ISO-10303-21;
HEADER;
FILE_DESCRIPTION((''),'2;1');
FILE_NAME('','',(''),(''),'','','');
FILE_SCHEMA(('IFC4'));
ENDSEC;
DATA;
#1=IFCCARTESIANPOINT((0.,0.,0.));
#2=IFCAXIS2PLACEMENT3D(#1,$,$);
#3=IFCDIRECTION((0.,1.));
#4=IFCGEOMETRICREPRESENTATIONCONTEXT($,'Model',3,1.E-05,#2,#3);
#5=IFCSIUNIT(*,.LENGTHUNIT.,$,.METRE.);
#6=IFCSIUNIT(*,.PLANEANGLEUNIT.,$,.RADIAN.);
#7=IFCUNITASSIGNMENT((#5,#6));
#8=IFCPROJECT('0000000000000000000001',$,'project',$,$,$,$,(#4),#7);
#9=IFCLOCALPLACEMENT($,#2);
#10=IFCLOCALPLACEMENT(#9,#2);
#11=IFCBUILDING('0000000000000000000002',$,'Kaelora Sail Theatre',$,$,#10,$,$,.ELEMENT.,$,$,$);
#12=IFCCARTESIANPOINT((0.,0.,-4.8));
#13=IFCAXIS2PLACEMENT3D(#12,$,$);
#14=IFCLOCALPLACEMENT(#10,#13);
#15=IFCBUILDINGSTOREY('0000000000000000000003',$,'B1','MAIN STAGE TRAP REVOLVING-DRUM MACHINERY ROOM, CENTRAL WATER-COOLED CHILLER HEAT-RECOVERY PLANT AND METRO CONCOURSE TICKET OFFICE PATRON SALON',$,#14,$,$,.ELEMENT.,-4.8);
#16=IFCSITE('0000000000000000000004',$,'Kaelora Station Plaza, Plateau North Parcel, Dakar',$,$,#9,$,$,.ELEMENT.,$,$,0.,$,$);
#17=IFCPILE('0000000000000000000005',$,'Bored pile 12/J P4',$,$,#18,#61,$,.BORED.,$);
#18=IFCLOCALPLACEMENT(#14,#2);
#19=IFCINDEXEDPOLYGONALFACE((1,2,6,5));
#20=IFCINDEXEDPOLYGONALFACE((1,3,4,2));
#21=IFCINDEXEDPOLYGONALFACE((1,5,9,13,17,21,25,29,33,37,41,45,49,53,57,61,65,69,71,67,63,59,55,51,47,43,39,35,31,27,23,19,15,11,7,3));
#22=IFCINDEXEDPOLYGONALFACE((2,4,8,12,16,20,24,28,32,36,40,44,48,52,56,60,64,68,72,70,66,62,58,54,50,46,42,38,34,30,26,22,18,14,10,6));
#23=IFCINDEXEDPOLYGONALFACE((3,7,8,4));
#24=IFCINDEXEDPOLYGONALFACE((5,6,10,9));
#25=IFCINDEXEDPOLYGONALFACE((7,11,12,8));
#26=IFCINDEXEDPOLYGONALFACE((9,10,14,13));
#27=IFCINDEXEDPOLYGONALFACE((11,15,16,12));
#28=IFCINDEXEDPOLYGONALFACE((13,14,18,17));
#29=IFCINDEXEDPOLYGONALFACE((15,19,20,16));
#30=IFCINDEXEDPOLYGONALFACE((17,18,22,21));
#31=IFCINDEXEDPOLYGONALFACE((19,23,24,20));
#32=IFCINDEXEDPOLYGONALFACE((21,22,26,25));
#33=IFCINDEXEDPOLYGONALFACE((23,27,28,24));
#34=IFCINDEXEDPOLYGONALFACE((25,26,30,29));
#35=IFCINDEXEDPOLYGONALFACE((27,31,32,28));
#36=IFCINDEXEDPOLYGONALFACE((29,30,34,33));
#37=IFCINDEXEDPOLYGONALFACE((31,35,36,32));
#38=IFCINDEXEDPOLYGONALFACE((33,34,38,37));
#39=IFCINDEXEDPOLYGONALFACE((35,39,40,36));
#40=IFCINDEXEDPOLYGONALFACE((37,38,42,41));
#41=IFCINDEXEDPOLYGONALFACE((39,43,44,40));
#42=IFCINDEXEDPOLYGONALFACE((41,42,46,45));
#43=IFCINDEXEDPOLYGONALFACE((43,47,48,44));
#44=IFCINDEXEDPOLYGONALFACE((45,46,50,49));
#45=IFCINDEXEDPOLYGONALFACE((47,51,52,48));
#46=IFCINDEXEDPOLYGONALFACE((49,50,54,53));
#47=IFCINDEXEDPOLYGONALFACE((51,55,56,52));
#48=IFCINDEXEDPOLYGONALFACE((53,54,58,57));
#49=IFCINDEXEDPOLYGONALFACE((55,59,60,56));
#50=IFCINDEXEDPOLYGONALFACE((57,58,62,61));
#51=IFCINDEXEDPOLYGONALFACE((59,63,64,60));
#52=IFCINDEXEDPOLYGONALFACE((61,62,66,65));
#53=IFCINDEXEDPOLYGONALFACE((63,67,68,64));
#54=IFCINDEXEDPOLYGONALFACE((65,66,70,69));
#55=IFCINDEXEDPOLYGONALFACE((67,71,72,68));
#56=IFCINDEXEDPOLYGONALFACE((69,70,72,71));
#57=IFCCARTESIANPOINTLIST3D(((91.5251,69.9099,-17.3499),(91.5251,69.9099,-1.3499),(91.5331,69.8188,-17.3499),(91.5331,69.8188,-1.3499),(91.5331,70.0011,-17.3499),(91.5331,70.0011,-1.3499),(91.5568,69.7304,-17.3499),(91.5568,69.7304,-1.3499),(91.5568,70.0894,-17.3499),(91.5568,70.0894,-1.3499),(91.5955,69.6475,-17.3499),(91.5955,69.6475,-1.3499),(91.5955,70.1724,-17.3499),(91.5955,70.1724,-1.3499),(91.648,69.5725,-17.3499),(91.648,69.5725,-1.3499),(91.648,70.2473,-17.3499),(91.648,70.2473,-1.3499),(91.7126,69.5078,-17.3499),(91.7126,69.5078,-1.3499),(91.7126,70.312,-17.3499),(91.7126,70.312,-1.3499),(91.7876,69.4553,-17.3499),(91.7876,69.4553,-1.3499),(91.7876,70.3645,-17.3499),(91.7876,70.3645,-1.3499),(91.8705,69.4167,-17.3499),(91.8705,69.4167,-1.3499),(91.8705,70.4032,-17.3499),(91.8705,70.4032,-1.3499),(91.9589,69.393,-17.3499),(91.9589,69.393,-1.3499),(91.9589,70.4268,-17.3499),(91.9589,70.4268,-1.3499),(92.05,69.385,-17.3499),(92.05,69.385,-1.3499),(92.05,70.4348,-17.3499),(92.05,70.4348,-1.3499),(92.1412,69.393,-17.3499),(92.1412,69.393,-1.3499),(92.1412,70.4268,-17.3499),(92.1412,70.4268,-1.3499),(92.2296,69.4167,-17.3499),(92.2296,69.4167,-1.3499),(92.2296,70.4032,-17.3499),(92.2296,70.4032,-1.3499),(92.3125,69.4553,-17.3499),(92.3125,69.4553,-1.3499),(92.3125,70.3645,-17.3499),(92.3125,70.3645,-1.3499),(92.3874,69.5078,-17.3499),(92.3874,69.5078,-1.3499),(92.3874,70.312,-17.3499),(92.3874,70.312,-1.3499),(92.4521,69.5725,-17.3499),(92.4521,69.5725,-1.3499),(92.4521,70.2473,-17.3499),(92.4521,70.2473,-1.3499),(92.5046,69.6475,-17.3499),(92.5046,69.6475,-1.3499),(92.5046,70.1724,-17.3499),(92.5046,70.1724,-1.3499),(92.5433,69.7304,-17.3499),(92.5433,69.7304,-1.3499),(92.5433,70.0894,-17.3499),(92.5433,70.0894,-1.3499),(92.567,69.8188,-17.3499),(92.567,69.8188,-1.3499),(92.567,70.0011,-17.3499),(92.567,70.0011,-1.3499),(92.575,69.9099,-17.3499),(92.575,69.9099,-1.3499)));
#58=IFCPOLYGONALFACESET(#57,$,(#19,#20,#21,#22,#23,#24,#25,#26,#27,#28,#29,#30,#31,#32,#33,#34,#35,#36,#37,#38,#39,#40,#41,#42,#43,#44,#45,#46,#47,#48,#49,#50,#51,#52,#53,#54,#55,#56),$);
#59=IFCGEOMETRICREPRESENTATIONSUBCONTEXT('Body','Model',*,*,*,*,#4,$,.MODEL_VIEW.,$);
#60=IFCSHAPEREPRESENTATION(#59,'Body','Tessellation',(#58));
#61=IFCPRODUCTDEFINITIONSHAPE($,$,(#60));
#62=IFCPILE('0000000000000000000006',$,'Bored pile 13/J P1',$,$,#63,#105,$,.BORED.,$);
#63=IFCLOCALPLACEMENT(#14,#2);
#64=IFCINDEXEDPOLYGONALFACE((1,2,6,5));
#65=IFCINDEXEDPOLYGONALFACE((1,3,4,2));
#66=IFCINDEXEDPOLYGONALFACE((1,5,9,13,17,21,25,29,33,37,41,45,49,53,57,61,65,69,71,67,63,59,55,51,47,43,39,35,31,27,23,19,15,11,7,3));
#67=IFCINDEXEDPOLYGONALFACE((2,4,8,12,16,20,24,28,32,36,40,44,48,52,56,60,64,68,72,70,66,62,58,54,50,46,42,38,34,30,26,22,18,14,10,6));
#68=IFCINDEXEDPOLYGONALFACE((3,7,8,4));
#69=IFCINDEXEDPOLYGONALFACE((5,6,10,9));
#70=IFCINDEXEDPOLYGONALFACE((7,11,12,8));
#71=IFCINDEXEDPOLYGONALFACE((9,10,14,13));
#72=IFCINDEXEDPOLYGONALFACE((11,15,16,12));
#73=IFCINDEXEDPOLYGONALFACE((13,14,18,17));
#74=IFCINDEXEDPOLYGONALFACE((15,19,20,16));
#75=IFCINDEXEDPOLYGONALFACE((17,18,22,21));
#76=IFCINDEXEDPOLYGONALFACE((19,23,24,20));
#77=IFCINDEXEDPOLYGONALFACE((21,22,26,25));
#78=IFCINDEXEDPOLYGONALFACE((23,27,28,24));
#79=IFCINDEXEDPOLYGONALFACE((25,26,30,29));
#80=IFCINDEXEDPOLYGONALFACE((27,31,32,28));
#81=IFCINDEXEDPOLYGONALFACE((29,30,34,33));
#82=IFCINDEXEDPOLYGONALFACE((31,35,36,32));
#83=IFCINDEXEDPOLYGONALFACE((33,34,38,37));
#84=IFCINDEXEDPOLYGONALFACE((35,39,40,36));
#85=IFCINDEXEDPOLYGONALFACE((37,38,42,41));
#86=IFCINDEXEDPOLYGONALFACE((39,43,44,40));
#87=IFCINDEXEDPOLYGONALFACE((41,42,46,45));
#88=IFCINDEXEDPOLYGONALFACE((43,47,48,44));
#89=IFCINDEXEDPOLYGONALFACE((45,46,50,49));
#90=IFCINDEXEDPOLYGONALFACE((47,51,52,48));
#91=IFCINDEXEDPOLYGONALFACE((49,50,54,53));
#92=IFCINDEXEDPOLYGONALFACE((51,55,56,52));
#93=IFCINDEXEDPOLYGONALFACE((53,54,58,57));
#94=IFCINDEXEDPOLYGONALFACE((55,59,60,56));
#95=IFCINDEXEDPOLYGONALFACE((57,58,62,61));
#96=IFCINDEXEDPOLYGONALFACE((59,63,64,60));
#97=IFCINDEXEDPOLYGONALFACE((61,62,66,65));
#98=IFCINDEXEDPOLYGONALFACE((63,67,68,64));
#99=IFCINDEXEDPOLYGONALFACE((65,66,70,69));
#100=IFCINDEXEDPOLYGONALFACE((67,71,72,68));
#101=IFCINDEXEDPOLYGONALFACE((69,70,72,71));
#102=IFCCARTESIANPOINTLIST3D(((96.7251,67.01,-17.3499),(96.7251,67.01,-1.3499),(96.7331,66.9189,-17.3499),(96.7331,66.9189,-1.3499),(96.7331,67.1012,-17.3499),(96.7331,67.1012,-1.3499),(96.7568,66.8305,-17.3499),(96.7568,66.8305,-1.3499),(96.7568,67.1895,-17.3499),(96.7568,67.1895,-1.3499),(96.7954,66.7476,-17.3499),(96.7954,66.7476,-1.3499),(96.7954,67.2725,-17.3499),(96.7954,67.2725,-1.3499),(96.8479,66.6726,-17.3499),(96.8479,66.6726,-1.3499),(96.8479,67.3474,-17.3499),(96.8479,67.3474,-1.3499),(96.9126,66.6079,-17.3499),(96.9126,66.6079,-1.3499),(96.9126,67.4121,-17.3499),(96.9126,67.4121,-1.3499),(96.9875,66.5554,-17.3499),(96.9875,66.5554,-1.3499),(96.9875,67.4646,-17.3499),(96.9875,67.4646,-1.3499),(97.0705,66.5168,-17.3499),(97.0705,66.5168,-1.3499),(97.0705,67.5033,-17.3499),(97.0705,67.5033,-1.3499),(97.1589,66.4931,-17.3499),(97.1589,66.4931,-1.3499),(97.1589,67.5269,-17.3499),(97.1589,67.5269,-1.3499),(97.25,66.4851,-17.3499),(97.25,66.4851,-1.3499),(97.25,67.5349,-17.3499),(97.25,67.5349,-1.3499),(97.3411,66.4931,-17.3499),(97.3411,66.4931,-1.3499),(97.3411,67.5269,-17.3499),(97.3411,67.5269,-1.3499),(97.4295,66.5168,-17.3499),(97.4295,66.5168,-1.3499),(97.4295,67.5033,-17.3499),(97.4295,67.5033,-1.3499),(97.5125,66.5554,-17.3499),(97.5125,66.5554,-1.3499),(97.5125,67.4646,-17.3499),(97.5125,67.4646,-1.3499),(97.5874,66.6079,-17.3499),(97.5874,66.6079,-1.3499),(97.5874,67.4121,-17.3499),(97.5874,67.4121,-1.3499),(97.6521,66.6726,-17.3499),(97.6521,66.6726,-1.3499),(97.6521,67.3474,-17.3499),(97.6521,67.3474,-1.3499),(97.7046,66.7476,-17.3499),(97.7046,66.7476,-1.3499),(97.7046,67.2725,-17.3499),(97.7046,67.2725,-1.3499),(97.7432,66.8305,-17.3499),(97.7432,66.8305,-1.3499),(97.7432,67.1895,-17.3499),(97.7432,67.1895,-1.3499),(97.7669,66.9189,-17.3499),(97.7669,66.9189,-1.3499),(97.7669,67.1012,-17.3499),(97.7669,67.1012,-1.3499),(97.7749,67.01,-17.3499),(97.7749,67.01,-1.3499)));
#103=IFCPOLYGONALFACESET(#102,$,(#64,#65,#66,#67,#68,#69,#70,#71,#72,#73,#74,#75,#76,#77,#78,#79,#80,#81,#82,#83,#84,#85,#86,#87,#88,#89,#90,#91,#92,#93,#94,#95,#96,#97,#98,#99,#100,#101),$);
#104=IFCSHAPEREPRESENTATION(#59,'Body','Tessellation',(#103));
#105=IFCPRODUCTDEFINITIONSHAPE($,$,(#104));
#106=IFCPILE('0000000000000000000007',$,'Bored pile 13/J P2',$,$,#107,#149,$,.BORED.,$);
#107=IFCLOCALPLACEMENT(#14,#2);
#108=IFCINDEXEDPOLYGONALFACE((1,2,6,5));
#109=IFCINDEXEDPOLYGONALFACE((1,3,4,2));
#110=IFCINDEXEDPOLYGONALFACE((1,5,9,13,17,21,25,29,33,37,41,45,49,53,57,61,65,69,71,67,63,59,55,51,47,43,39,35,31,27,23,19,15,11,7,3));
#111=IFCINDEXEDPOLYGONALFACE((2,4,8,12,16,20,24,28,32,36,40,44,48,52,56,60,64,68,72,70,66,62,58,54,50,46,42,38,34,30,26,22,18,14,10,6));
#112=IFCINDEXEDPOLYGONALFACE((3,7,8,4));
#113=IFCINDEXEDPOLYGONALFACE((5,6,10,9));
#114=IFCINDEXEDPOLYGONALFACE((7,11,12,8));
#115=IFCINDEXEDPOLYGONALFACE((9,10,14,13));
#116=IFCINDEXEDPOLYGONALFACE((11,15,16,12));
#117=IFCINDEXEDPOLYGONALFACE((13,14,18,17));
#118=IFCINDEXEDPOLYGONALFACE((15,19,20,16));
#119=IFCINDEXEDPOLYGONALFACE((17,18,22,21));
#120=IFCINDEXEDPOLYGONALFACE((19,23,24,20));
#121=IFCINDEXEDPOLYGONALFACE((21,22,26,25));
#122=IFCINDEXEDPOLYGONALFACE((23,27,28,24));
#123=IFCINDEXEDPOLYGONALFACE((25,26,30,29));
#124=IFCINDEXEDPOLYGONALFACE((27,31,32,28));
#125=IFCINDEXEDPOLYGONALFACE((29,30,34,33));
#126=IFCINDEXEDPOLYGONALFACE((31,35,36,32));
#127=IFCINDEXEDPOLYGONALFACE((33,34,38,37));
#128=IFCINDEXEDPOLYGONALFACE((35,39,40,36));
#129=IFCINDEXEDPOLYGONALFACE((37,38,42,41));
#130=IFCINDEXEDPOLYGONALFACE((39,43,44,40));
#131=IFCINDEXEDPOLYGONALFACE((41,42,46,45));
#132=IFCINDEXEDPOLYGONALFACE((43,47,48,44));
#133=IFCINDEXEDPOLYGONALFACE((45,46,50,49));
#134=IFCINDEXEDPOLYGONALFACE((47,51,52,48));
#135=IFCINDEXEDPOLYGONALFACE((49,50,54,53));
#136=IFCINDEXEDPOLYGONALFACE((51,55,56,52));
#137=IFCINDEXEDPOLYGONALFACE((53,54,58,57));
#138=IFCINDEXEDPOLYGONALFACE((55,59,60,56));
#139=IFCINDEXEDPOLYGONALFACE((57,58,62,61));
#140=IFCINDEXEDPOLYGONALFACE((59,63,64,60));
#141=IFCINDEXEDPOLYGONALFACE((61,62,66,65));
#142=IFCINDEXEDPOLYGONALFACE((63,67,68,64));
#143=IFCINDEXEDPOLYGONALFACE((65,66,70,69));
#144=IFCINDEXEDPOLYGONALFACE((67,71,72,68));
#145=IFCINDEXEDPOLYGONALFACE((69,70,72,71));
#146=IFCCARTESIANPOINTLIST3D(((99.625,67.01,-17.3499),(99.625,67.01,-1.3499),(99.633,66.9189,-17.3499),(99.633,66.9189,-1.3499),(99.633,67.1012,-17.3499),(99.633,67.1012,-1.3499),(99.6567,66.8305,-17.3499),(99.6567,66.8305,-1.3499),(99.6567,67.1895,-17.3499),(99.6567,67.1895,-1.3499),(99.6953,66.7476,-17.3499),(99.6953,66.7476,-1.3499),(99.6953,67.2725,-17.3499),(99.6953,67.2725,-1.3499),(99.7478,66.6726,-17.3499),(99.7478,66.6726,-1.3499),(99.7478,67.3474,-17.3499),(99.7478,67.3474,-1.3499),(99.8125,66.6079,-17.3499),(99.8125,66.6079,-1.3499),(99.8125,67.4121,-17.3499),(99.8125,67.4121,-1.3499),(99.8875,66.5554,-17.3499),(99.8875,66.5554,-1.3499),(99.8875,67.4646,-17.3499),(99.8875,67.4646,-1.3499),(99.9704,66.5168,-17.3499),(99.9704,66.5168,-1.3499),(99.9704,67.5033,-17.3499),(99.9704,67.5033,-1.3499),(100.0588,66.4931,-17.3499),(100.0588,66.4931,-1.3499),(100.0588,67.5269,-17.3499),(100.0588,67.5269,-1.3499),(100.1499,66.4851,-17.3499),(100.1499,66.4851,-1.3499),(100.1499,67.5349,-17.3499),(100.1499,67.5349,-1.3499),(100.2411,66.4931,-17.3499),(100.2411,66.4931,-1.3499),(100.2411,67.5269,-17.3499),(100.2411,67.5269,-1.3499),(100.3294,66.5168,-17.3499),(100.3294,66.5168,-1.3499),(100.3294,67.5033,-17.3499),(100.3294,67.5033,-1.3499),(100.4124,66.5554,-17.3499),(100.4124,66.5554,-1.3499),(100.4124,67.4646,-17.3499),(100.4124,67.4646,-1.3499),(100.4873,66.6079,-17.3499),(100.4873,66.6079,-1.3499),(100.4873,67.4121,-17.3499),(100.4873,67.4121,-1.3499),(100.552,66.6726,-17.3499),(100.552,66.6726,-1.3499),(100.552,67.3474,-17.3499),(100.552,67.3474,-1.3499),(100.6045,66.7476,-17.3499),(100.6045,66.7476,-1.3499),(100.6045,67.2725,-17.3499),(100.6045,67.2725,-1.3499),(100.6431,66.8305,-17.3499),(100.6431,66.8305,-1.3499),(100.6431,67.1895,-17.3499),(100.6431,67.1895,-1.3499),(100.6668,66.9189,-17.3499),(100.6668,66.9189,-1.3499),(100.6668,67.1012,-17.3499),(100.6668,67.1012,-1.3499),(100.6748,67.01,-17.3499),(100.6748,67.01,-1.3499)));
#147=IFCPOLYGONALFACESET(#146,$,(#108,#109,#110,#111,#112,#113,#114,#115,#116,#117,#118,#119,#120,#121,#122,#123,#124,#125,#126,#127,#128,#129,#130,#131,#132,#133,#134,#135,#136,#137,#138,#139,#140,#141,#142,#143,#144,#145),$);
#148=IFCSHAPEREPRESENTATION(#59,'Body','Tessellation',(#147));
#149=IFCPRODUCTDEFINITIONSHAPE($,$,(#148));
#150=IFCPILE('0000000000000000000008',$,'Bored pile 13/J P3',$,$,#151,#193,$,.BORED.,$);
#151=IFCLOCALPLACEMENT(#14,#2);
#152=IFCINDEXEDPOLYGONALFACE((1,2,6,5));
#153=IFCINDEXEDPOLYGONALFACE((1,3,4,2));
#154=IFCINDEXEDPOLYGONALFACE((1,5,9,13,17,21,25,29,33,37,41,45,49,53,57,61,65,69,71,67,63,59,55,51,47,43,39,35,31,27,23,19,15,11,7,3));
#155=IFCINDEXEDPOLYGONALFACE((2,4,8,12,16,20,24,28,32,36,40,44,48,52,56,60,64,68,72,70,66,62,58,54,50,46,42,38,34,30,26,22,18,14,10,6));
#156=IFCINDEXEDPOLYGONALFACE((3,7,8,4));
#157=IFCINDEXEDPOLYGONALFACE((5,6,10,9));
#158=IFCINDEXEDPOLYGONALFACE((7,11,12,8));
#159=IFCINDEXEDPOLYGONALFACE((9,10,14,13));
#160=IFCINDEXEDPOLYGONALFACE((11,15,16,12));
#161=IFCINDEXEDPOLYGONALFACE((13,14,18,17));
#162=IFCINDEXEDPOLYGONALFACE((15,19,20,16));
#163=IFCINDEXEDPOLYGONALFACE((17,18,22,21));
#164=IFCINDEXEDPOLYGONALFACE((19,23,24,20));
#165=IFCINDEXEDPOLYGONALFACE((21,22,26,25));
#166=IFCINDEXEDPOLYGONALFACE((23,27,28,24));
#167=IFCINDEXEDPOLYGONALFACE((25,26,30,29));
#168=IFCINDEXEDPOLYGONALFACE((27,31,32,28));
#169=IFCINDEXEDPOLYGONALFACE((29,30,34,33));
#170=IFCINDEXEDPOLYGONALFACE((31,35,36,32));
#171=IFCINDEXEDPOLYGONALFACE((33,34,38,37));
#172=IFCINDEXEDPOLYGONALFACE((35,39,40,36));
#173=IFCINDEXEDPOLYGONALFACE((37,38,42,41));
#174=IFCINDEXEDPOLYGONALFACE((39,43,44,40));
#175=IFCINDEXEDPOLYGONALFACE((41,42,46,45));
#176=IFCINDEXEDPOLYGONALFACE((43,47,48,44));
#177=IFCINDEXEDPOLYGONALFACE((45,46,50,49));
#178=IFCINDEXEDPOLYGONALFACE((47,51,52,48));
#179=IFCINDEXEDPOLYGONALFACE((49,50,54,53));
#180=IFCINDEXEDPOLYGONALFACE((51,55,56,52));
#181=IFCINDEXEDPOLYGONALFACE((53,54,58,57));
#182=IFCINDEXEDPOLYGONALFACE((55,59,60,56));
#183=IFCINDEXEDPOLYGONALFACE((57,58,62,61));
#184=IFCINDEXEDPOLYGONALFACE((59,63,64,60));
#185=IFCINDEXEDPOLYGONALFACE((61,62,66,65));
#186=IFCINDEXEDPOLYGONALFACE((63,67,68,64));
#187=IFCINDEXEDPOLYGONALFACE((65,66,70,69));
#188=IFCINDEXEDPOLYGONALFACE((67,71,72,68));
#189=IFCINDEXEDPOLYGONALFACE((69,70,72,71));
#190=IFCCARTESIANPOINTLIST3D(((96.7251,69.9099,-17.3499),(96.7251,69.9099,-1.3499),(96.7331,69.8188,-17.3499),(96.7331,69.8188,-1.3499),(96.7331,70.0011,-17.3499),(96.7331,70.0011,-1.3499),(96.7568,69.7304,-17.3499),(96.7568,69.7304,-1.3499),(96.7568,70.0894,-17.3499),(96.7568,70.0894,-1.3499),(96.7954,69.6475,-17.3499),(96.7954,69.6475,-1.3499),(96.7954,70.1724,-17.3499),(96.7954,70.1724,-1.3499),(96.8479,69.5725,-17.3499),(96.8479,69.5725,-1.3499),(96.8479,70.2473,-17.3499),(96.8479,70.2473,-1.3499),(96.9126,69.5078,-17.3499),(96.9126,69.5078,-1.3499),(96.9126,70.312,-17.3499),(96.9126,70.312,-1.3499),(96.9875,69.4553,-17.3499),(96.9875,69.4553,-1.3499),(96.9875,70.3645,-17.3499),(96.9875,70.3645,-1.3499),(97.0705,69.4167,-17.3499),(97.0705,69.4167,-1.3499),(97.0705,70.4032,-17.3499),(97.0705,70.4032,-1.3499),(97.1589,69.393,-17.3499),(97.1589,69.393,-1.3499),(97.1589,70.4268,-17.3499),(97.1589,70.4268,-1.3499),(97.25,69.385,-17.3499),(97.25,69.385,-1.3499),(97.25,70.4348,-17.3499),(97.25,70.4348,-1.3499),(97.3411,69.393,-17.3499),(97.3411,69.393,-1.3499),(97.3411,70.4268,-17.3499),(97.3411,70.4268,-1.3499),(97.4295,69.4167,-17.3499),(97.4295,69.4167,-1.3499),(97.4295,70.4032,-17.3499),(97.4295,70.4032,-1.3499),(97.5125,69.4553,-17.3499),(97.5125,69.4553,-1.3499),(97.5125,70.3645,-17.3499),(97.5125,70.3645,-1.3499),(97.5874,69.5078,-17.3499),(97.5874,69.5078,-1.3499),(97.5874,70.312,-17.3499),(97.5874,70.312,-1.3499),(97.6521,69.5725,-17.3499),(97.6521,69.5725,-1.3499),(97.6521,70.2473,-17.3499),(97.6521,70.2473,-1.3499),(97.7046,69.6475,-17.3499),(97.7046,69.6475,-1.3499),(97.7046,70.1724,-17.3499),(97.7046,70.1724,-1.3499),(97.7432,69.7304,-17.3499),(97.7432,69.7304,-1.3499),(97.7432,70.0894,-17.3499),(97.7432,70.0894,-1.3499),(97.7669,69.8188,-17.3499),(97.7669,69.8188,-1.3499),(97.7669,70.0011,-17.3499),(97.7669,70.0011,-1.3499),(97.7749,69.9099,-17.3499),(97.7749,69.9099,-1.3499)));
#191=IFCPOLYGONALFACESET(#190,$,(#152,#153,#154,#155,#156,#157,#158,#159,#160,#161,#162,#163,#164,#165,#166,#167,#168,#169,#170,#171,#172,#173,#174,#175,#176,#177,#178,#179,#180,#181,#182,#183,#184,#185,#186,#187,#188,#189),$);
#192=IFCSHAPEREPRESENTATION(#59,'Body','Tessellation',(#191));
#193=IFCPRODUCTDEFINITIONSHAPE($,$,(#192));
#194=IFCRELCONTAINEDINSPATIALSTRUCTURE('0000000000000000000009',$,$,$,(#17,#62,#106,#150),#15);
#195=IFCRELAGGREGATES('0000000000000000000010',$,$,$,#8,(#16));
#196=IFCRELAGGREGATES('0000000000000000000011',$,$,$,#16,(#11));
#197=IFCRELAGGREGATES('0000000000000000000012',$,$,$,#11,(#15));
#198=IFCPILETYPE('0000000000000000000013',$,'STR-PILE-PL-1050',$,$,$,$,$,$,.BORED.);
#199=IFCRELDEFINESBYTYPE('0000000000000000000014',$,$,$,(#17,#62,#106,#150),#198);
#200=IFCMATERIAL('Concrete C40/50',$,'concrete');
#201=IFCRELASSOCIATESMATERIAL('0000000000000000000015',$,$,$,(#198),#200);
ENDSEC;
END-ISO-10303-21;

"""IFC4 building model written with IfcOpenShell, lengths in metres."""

from ifc_helpers import new_model, si_unit, direction, frame, origin, origin_2d, place, context, subcontext, project, spatial, circle, extrude, material, material_profile, profile_set, type_object, element, save


model = new_model("IFC4")

# Units and contexts
model_context = context("Model", 3, precision=1e-05, world=origin(), true_north=direction((0.0, 1.0)))
body_context = subcontext(model_context, "Body", "Model", "MODEL_VIEW")
ifc_project = project(units=[si_unit("LENGTHUNIT", "METRE"), si_unit("PLANEANGLEUNIT", "RADIAN")], contexts=[model_context])

# Site, building, storey
site_placement = place(None, origin())
site = spatial("IfcSite", under=ifc_project, at=site_placement, Name="Kaelora Station Plaza, Plateau North Parcel, Dakar", CompositionType="ELEMENT", RefElevation=0.0)
building_placement = place(site_placement, origin())
building = spatial("IfcBuilding", under=site, at=building_placement, Name="Kaelora Sail Theatre", CompositionType="ELEMENT")
storey_placement = place(building_placement, frame((0.0, 0.0, -4.8)))
storey = spatial("IfcBuildingStorey", under=building, at=storey_placement, Name="B1", Description="MAIN STAGE TRAP REVOLVING-DRUM MACHINERY ROOM, CENTRAL WATER-COOLED CHILLER HEAT-RECOVERY PLANT AND METRO CONCOURSE TICKET OFFICE PATRON SALON", CompositionType="ELEMENT", Elevation=-4.8)

# Piles
ifc_material_1 = material(Name="Concrete C40/50", Category="concrete")
ifc_material_profile_1 = material_profile(ifc_material_1, circle(Radius=0.5249, at=origin_2d()), Name="PILE D1050")
ifc_profile_set_1 = profile_set([ifc_material_profile_1], Name="Concrete C40/50")
pile_type_1 = type_object("IfcPileType", Name="STR-PILE-PL-1050", PredefinedType="BORED", material=ifc_profile_set_1)
for number, where, z_axis, x_axis, name in (
    (1, (92.05, 69.9099, -1.3499), (0.0, 0.0, -1.0), (1.0, 0.0, 0.0), "Bored pile 12/J P4"),
    (2, (97.25, 67.01, -1.3499), (0.0, 0.0, -1.0), (1.0, 0.0, 0.0), "Bored pile 13/J P1"),
    (3, (100.1499, 67.01, -1.3499), (0.0, 0.0, -1.0), (1.0, 0.0, 0.0), "Bored pile 13/J P2"),
    (4, (97.25, 69.9099, -1.3499), (0.0, 0.0, -1.0), (1.0, 0.0, 0.0), "Bored pile 13/J P3"),
):
    element("IfcPile", number, at=place(storey_placement, frame(where, z_axis=z_axis, x_axis=x_axis)), inside=storey, type_object=pile_type_1, Name=name, PredefinedType="BORED", context=body_context, shape_type="SweptSolid", body=[
        extrude(circle(Radius=0.5249, at=origin_2d()), origin(), (0.0, 0.0, 1.0), 16.0),
    ])

save(model, "model.ifc")
